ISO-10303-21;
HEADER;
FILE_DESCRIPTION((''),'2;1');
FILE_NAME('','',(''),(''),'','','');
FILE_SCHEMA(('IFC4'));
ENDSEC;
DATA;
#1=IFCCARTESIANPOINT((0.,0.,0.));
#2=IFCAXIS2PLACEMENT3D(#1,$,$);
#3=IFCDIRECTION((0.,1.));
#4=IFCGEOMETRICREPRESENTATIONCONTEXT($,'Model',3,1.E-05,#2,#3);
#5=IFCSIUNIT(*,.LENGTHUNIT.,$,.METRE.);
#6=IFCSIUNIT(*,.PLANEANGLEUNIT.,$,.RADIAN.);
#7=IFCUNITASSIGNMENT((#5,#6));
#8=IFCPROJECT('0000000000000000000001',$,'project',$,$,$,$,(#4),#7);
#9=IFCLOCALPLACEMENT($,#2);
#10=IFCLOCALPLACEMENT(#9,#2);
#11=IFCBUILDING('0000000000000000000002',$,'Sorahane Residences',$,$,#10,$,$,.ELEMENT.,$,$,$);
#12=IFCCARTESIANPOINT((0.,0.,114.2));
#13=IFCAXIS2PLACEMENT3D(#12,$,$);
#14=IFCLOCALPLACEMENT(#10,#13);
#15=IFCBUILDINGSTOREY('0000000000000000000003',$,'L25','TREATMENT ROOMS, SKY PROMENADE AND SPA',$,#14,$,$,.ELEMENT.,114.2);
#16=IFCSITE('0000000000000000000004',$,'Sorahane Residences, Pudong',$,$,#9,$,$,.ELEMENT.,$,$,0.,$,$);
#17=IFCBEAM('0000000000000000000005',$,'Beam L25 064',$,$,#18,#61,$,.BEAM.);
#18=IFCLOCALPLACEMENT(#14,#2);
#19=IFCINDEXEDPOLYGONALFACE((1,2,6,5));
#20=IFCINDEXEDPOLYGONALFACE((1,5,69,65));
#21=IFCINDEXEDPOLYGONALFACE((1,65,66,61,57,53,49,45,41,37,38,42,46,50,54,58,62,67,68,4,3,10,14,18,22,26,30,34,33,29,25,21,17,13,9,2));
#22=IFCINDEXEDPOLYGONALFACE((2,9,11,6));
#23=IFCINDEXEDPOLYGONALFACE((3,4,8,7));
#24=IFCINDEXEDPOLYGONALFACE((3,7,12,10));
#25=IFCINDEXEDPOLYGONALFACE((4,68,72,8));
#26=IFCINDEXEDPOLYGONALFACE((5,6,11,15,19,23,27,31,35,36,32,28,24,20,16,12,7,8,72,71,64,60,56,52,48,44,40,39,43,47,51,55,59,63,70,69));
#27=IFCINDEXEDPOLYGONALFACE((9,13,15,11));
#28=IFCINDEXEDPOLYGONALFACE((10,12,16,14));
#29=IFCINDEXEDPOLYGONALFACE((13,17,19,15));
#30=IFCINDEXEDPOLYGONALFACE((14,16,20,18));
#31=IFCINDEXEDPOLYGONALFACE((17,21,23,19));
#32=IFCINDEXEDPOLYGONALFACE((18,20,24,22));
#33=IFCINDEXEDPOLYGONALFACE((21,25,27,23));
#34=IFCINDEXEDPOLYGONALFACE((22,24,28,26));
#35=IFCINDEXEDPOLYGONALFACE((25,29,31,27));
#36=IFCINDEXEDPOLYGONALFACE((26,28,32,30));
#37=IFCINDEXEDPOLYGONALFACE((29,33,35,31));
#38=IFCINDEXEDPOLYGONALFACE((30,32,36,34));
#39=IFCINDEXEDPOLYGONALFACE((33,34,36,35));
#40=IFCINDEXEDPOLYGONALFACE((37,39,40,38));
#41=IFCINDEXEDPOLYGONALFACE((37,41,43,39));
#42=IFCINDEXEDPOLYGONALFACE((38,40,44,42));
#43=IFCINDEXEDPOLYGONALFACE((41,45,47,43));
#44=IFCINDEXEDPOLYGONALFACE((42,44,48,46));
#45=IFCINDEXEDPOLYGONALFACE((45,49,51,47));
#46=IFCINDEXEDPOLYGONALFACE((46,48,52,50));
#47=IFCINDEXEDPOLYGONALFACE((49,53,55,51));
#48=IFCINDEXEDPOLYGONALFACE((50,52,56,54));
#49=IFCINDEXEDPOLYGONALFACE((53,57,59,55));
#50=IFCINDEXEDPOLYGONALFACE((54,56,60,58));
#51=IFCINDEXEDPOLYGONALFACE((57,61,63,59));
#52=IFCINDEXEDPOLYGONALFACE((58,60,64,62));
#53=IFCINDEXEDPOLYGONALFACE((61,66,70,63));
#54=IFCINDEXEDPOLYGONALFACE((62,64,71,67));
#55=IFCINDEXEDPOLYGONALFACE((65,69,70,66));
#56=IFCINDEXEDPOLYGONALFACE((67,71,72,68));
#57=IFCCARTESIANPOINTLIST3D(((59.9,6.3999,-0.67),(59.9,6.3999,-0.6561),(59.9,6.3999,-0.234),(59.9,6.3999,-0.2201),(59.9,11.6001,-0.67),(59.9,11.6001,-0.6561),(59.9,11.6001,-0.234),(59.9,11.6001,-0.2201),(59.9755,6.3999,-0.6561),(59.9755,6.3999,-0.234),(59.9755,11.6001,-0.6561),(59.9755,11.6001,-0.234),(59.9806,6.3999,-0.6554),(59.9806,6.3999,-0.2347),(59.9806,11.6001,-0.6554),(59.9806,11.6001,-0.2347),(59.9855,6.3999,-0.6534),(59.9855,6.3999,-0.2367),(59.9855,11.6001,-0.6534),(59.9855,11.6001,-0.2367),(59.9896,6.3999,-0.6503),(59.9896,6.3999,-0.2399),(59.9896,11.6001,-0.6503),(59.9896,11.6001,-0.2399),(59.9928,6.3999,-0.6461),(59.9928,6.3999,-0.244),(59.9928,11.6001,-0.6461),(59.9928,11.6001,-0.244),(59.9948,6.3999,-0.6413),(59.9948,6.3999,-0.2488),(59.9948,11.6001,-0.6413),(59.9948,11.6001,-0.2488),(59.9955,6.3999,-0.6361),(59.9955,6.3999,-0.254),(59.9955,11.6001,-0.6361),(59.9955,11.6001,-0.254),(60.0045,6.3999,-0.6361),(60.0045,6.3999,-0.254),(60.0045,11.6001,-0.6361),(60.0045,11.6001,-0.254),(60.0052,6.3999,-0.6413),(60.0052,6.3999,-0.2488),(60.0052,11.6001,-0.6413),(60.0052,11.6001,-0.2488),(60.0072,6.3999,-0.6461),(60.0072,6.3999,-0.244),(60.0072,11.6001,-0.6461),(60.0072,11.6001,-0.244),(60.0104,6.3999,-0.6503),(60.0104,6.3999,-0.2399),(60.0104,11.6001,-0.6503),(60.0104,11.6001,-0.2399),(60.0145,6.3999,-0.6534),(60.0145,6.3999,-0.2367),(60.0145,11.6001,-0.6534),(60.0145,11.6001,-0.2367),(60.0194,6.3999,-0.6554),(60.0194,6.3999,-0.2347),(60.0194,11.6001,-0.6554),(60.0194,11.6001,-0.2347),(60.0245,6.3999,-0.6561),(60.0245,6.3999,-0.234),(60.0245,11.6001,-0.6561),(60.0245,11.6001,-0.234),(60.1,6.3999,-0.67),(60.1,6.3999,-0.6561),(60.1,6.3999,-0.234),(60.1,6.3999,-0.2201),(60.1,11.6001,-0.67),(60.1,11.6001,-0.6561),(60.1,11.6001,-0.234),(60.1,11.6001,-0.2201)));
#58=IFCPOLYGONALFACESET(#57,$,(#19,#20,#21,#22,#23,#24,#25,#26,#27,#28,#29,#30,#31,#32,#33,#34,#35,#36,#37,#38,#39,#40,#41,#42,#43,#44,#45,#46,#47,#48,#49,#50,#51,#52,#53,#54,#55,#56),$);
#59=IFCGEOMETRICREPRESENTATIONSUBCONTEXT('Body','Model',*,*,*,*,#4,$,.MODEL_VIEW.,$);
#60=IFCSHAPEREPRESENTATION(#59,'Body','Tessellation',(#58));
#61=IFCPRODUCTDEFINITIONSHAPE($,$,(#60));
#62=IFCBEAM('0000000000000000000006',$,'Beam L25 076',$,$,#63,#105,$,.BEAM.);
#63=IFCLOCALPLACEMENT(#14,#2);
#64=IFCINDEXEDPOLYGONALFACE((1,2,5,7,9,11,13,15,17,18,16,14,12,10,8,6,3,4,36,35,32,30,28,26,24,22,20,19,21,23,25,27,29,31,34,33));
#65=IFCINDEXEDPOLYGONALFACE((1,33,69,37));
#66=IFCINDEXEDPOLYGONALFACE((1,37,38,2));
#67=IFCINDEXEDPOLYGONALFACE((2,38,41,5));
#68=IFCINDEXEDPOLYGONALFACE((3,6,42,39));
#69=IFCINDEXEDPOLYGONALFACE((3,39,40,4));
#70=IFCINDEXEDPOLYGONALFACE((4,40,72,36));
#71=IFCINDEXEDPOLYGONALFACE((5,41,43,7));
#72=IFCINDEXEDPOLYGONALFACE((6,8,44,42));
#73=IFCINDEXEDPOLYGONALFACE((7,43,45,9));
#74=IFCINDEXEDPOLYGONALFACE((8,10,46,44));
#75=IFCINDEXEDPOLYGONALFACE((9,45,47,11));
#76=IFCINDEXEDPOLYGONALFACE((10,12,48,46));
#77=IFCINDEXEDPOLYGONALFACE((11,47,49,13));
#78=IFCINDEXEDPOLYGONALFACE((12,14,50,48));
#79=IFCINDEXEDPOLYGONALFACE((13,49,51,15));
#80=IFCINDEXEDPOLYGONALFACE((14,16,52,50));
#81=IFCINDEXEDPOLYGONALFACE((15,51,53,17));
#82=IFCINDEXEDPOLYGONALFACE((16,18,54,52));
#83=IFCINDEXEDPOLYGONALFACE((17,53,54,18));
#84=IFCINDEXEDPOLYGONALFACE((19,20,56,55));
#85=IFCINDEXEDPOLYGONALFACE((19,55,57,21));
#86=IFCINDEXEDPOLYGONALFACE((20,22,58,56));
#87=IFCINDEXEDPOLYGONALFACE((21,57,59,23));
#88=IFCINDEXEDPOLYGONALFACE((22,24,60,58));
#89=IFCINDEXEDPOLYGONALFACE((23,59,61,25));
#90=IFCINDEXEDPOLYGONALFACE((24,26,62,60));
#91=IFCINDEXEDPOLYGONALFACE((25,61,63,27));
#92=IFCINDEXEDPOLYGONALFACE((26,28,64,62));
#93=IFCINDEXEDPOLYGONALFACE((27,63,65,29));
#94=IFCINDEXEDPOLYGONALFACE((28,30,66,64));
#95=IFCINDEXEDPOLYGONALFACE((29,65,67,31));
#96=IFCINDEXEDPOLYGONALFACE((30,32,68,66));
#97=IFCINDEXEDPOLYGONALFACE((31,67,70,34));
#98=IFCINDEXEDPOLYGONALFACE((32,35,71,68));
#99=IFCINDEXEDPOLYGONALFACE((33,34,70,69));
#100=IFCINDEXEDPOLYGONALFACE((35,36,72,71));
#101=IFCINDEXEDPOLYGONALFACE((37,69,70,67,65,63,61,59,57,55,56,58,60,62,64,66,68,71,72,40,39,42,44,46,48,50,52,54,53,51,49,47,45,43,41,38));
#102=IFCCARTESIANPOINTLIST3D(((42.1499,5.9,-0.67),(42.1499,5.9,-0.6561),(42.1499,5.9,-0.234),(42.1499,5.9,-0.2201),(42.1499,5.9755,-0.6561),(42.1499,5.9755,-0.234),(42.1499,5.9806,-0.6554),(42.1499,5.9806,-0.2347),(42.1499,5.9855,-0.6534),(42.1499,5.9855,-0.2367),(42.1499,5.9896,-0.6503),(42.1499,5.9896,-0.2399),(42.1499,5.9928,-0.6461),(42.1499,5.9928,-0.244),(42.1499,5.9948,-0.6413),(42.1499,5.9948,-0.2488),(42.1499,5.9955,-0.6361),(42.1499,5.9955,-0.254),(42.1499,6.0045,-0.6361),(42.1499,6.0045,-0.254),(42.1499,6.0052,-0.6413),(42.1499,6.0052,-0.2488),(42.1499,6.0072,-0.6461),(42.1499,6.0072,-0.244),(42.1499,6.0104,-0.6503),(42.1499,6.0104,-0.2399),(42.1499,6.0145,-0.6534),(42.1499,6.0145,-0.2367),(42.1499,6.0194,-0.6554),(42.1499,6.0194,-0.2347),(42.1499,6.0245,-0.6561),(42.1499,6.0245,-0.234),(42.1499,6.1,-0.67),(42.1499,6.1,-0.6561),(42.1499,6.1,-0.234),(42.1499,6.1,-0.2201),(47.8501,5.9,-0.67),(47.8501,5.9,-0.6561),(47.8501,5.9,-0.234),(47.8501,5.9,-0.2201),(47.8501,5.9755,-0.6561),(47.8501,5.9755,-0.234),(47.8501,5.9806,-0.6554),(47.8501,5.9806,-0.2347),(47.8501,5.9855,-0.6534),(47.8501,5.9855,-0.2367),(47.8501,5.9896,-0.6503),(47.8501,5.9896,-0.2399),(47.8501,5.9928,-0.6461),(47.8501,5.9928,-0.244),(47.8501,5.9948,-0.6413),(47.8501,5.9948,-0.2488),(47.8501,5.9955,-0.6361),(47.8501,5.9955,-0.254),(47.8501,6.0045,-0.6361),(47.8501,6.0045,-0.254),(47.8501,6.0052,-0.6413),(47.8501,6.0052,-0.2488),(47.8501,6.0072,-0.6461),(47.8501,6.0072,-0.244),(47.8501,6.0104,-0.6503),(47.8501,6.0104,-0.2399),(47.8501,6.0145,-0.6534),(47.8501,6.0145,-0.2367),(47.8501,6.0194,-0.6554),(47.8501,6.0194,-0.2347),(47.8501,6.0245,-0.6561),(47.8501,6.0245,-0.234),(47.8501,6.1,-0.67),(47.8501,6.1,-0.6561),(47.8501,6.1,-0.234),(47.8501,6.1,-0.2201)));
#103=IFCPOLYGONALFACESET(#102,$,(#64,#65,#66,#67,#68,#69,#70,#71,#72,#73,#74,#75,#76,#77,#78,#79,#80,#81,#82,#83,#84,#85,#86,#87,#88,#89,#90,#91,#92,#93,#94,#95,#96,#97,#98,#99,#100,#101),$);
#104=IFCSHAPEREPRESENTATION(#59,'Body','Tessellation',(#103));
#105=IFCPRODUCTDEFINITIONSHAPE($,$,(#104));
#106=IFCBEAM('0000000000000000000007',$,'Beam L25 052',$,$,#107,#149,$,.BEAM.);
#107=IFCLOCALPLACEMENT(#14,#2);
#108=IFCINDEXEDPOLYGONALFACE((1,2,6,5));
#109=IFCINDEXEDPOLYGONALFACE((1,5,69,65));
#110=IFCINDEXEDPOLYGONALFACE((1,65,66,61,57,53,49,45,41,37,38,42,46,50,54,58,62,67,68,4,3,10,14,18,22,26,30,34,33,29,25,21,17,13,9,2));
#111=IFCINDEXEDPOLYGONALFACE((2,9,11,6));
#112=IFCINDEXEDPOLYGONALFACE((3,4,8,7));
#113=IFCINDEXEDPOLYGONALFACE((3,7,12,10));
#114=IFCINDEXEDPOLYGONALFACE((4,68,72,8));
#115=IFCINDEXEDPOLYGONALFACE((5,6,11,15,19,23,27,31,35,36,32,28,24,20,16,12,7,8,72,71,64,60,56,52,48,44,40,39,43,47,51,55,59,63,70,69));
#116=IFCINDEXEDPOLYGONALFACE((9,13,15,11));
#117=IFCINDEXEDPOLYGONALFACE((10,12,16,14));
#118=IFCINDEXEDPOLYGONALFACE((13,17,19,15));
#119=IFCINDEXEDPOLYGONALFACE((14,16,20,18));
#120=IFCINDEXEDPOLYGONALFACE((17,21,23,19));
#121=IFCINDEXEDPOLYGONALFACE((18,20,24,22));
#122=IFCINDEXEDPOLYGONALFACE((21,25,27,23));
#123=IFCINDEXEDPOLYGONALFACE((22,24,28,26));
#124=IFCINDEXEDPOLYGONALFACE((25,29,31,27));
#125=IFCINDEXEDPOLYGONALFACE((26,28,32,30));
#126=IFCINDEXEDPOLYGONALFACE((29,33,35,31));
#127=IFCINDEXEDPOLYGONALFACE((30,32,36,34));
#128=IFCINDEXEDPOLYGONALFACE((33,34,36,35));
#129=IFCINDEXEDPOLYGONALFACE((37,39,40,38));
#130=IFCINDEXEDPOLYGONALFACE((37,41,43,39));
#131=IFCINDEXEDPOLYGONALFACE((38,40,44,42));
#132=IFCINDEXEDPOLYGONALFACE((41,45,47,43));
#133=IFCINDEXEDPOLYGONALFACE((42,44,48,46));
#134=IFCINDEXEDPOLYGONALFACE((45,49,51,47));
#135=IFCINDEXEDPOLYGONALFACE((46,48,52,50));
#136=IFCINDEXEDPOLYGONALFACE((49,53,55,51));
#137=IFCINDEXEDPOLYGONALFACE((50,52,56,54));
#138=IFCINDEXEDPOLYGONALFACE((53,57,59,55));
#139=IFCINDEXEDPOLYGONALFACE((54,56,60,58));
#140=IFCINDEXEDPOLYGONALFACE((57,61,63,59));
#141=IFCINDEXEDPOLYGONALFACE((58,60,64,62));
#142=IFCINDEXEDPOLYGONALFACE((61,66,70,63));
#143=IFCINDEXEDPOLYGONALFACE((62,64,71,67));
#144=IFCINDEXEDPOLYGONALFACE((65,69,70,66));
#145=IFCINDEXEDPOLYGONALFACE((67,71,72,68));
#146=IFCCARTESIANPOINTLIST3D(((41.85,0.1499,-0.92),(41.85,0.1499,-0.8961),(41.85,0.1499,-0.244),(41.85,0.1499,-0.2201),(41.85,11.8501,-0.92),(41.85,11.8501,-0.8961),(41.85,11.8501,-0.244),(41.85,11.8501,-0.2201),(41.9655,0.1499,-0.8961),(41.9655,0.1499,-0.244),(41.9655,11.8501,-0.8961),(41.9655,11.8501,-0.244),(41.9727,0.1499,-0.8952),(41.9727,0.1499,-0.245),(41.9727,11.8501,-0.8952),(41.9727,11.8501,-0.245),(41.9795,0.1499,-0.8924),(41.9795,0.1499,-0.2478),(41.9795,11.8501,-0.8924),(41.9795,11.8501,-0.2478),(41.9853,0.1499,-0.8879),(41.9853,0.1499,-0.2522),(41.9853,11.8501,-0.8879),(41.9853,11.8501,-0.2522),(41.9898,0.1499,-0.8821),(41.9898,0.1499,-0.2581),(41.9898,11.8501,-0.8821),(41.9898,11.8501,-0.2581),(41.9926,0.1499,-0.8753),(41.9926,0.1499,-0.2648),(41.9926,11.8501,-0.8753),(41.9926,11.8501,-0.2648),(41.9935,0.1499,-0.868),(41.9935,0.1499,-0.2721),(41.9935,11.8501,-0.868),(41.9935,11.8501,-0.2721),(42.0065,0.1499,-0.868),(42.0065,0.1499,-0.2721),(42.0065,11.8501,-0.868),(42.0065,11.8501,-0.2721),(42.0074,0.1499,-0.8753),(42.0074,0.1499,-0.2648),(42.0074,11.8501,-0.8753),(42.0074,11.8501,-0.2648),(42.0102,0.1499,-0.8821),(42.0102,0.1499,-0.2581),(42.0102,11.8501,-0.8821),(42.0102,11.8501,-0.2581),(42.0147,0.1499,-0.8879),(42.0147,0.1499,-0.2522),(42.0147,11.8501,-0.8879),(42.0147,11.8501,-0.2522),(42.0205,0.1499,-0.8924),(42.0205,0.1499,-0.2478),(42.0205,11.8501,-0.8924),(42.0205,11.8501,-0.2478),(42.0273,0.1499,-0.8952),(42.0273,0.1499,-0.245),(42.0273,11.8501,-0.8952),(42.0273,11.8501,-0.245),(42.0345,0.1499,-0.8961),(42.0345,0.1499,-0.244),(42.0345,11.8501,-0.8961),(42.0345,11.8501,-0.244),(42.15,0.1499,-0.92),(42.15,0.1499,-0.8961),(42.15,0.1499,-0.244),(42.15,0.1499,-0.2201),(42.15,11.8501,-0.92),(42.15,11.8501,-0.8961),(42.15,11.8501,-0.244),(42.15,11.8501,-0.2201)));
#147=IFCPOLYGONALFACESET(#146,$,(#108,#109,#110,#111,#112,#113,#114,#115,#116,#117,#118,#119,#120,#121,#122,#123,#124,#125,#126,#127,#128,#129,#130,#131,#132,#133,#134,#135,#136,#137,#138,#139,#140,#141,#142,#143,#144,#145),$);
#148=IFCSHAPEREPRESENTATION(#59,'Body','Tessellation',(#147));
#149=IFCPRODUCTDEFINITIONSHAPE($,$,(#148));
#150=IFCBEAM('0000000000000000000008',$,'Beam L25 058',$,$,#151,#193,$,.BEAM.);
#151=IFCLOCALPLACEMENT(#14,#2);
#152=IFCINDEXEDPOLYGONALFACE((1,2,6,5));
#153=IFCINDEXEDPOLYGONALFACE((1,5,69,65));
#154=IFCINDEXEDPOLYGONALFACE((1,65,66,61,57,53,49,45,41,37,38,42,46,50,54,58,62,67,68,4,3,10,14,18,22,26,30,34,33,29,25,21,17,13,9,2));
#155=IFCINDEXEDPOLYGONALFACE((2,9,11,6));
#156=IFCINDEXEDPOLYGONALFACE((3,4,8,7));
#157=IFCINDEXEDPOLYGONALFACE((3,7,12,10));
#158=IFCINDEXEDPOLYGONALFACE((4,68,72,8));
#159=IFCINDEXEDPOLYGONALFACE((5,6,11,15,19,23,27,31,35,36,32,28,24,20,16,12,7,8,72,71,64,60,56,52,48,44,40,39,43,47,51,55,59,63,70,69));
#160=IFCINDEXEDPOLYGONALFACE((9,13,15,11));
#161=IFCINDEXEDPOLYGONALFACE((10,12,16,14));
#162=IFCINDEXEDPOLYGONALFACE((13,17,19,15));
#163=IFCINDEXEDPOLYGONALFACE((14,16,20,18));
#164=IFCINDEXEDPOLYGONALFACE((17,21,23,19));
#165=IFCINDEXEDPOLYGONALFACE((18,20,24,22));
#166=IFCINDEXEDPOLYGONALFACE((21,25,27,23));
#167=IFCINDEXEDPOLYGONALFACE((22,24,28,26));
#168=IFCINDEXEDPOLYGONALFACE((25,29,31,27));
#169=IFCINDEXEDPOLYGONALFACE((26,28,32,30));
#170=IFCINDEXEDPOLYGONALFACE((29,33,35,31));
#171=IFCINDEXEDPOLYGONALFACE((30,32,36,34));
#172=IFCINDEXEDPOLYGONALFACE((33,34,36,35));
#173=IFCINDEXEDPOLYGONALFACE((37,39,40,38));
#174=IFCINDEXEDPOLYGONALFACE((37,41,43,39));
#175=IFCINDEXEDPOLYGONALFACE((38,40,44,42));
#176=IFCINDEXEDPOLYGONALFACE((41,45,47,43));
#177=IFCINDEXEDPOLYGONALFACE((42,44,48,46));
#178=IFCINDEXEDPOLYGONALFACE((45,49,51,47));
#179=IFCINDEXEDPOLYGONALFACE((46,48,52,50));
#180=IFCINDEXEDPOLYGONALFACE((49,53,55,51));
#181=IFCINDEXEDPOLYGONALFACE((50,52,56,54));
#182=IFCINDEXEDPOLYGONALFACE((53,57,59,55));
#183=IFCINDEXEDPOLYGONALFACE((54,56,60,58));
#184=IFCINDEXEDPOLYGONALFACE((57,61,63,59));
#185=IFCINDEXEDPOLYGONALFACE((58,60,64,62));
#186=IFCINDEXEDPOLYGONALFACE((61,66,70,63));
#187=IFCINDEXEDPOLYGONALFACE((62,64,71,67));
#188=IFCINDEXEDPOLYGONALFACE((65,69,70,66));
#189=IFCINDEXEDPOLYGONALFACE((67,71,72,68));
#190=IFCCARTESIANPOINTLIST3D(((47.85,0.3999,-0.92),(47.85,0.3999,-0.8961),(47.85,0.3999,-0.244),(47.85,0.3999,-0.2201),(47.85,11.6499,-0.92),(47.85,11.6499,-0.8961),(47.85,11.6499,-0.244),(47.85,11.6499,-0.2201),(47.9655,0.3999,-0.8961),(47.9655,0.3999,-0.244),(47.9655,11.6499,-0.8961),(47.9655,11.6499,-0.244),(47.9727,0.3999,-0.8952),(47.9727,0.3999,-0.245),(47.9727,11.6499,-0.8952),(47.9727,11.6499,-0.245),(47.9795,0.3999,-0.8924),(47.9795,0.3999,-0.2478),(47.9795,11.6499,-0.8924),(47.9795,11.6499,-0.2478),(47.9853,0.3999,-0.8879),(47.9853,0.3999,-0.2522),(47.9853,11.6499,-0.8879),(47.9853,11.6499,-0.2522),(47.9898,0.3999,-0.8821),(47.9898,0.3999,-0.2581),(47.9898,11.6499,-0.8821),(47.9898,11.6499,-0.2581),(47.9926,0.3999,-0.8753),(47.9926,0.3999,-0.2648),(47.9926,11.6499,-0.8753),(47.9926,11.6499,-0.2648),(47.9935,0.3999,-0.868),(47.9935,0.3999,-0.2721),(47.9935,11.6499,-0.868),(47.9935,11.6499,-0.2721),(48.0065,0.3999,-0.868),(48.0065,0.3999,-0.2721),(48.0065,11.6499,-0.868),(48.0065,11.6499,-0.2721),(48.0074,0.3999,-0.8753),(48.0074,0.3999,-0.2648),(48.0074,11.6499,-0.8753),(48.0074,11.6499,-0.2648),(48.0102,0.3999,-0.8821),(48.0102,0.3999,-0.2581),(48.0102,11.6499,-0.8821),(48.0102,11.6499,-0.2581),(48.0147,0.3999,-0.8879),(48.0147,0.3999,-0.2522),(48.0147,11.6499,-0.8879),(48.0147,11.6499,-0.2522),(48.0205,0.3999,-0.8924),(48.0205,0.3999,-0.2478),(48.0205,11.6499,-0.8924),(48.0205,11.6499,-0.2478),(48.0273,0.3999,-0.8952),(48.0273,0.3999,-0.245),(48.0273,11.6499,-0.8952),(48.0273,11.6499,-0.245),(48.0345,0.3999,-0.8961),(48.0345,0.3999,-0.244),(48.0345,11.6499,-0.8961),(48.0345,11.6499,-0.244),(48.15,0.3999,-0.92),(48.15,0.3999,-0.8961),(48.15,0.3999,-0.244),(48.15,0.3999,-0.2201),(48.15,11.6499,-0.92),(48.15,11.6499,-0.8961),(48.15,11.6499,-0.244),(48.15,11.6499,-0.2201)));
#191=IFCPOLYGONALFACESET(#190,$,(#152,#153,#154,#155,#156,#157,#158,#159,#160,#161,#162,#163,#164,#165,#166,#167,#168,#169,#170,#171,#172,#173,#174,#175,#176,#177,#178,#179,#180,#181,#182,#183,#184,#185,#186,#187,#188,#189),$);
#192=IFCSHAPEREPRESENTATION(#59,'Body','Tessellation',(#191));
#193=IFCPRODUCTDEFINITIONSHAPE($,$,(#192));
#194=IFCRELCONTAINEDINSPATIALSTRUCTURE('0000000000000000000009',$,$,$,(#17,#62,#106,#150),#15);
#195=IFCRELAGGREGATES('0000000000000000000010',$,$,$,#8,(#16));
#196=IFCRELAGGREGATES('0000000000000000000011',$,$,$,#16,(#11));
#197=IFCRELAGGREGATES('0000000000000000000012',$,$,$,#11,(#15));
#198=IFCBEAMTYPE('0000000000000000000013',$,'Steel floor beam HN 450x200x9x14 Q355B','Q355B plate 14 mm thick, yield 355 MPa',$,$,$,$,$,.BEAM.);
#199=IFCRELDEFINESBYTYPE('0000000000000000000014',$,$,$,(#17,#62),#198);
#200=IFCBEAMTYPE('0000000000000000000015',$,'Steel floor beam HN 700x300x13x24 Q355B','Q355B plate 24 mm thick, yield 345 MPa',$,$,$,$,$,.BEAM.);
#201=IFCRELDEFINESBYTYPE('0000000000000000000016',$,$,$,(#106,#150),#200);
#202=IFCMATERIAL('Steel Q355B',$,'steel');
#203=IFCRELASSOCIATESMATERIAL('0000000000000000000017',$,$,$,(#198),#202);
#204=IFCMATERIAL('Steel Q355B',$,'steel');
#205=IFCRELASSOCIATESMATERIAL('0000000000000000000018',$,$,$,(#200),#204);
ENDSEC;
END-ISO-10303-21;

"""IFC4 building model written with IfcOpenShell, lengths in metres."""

from ifc_helpers import new_model, si_unit, direction, frame, origin, origin_2d, place, context, subcontext, project, spatial, i_section, extrude, material, material_profile, profile_set, type_object, element, save


model = new_model("IFC4")

# Units and contexts
model_context = context("Model", 3, precision=1e-05, world=origin(), true_north=direction((0.0, 1.0)))
body_context = subcontext(model_context, "Body", "Model", "MODEL_VIEW")
ifc_project = project(units=[si_unit("LENGTHUNIT", "METRE"), si_unit("PLANEANGLEUNIT", "RADIAN")], contexts=[model_context])

# Site, building, storey
site_placement = place(None, origin())
site = spatial("IfcSite", under=ifc_project, at=site_placement, Name="Sorahane Residences, Pudong", CompositionType="ELEMENT", RefElevation=0.0)
building_placement = place(site_placement, origin())
building = spatial("IfcBuilding", under=site, at=building_placement, Name="Sorahane Residences", CompositionType="ELEMENT")
storey_placement = place(building_placement, frame((0.0, 0.0, 114.2)))
storey = spatial("IfcBuildingStorey", under=building, at=storey_placement, Name="L25", Description="TREATMENT ROOMS, SKY PROMENADE AND SPA", CompositionType="ELEMENT", Elevation=114.2)

# Beams
ifc_material_1 = material(Name="Steel Q355B", Category="steel")
ifc_material_profile_1 = material_profile(ifc_material_1, i_section(OverallWidth=0.2, OverallDepth=0.45, WebThickness=0.009, FlangeThickness=0.0139, FilletRadius=0.02, at=origin_2d()), Name="HN 450x200x9x14")
ifc_profile_set_1 = profile_set([ifc_material_profile_1], Name="Steel Q355B")
beam_type_1 = type_object("IfcBeamType", Name="Steel floor beam HN 450x200x9x14 Q355B", Description="Q355B plate 14 mm thick, yield 355 MPa", PredefinedType="BEAM", material=ifc_profile_set_1)
for number, where, z_axis, x_axis, name in (
    (1, (60.0, 6.3999, -0.4451), (0.0, 1.0, 0.0), (-1.0, 0.0, 0.0), "Beam L25 064"),
):
    element("IfcBeam", number, at=place(storey_placement, frame(where, z_axis=z_axis, x_axis=x_axis)), inside=storey, type_object=beam_type_1, Name=name, PredefinedType="BEAM", context=body_context, shape_type="SweptSolid", body=[
        extrude(i_section(OverallWidth=0.2, OverallDepth=0.45, WebThickness=0.009, FlangeThickness=0.0139, FilletRadius=0.02, at=origin_2d()), origin(), (0.0, 0.0, 1.0), 5.2002),
    ])
beam_1_placement = place(storey_placement, frame((42.1499, 6.0, -0.4451), z_axis=(1.0, 0.0, 0.0), x_axis=(0.0, 1.0, 0.0)))
element("IfcBeam", 2, at=beam_1_placement, inside=storey, type_object=beam_type_1, Name="Beam L25 076", PredefinedType="BEAM", context=body_context, shape_type="SweptSolid", body=[
    extrude(i_section(OverallWidth=0.2, OverallDepth=0.45, WebThickness=0.009, FlangeThickness=0.0139, FilletRadius=0.02, at=origin_2d()), origin(), (0.0, 0.0, 1.0), 5.7002),
])
ifc_material_2 = material(Name="Steel Q355B", Category="steel")
ifc_material_profile_2 = material_profile(ifc_material_2, i_section(OverallWidth=0.3, OverallDepth=0.7, WebThickness=0.0129, FlangeThickness=0.0239, FilletRadius=0.0281, at=origin_2d()), Name="HN 700x300x13x24")
ifc_profile_set_2 = profile_set([ifc_material_profile_2], Name="Steel Q355B")
beam_type_2 = type_object("IfcBeamType", Name="Steel floor beam HN 700x300x13x24 Q355B", Description="Q355B plate 24 mm thick, yield 345 MPa", PredefinedType="BEAM", material=ifc_profile_set_2)
beam_2_placement = place(storey_placement, frame((42.0, 0.1499, -0.5701), z_axis=(0.0, 1.0, 0.0), x_axis=(-1.0, 0.0, 0.0)))
element("IfcBeam", 3, at=beam_2_placement, inside=storey, type_object=beam_type_2, Name="Beam L25 052", PredefinedType="BEAM", context=body_context, shape_type="SweptSolid", body=[
    extrude(i_section(OverallWidth=0.3, OverallDepth=0.7, WebThickness=0.0129, FlangeThickness=0.0239, FilletRadius=0.0281, at=origin_2d()), origin(), (0.0, 0.0, 1.0), 11.7002),
])
beam_3_placement = place(storey_placement, frame((48.0, 0.3999, -0.5701), z_axis=(0.0, 1.0, 0.0), x_axis=(-1.0, 0.0, 0.0)))
element("IfcBeam", 4, at=beam_3_placement, inside=storey, type_object=beam_type_2, Name="Beam L25 058", PredefinedType="BEAM", context=body_context, shape_type="SweptSolid", body=[
    extrude(i_section(OverallWidth=0.3, OverallDepth=0.7, WebThickness=0.0129, FlangeThickness=0.0239, FilletRadius=0.0281, at=origin_2d()), origin(), (0.0, 0.0, 1.0), 11.25),
])

save(model, "model.ifc")
